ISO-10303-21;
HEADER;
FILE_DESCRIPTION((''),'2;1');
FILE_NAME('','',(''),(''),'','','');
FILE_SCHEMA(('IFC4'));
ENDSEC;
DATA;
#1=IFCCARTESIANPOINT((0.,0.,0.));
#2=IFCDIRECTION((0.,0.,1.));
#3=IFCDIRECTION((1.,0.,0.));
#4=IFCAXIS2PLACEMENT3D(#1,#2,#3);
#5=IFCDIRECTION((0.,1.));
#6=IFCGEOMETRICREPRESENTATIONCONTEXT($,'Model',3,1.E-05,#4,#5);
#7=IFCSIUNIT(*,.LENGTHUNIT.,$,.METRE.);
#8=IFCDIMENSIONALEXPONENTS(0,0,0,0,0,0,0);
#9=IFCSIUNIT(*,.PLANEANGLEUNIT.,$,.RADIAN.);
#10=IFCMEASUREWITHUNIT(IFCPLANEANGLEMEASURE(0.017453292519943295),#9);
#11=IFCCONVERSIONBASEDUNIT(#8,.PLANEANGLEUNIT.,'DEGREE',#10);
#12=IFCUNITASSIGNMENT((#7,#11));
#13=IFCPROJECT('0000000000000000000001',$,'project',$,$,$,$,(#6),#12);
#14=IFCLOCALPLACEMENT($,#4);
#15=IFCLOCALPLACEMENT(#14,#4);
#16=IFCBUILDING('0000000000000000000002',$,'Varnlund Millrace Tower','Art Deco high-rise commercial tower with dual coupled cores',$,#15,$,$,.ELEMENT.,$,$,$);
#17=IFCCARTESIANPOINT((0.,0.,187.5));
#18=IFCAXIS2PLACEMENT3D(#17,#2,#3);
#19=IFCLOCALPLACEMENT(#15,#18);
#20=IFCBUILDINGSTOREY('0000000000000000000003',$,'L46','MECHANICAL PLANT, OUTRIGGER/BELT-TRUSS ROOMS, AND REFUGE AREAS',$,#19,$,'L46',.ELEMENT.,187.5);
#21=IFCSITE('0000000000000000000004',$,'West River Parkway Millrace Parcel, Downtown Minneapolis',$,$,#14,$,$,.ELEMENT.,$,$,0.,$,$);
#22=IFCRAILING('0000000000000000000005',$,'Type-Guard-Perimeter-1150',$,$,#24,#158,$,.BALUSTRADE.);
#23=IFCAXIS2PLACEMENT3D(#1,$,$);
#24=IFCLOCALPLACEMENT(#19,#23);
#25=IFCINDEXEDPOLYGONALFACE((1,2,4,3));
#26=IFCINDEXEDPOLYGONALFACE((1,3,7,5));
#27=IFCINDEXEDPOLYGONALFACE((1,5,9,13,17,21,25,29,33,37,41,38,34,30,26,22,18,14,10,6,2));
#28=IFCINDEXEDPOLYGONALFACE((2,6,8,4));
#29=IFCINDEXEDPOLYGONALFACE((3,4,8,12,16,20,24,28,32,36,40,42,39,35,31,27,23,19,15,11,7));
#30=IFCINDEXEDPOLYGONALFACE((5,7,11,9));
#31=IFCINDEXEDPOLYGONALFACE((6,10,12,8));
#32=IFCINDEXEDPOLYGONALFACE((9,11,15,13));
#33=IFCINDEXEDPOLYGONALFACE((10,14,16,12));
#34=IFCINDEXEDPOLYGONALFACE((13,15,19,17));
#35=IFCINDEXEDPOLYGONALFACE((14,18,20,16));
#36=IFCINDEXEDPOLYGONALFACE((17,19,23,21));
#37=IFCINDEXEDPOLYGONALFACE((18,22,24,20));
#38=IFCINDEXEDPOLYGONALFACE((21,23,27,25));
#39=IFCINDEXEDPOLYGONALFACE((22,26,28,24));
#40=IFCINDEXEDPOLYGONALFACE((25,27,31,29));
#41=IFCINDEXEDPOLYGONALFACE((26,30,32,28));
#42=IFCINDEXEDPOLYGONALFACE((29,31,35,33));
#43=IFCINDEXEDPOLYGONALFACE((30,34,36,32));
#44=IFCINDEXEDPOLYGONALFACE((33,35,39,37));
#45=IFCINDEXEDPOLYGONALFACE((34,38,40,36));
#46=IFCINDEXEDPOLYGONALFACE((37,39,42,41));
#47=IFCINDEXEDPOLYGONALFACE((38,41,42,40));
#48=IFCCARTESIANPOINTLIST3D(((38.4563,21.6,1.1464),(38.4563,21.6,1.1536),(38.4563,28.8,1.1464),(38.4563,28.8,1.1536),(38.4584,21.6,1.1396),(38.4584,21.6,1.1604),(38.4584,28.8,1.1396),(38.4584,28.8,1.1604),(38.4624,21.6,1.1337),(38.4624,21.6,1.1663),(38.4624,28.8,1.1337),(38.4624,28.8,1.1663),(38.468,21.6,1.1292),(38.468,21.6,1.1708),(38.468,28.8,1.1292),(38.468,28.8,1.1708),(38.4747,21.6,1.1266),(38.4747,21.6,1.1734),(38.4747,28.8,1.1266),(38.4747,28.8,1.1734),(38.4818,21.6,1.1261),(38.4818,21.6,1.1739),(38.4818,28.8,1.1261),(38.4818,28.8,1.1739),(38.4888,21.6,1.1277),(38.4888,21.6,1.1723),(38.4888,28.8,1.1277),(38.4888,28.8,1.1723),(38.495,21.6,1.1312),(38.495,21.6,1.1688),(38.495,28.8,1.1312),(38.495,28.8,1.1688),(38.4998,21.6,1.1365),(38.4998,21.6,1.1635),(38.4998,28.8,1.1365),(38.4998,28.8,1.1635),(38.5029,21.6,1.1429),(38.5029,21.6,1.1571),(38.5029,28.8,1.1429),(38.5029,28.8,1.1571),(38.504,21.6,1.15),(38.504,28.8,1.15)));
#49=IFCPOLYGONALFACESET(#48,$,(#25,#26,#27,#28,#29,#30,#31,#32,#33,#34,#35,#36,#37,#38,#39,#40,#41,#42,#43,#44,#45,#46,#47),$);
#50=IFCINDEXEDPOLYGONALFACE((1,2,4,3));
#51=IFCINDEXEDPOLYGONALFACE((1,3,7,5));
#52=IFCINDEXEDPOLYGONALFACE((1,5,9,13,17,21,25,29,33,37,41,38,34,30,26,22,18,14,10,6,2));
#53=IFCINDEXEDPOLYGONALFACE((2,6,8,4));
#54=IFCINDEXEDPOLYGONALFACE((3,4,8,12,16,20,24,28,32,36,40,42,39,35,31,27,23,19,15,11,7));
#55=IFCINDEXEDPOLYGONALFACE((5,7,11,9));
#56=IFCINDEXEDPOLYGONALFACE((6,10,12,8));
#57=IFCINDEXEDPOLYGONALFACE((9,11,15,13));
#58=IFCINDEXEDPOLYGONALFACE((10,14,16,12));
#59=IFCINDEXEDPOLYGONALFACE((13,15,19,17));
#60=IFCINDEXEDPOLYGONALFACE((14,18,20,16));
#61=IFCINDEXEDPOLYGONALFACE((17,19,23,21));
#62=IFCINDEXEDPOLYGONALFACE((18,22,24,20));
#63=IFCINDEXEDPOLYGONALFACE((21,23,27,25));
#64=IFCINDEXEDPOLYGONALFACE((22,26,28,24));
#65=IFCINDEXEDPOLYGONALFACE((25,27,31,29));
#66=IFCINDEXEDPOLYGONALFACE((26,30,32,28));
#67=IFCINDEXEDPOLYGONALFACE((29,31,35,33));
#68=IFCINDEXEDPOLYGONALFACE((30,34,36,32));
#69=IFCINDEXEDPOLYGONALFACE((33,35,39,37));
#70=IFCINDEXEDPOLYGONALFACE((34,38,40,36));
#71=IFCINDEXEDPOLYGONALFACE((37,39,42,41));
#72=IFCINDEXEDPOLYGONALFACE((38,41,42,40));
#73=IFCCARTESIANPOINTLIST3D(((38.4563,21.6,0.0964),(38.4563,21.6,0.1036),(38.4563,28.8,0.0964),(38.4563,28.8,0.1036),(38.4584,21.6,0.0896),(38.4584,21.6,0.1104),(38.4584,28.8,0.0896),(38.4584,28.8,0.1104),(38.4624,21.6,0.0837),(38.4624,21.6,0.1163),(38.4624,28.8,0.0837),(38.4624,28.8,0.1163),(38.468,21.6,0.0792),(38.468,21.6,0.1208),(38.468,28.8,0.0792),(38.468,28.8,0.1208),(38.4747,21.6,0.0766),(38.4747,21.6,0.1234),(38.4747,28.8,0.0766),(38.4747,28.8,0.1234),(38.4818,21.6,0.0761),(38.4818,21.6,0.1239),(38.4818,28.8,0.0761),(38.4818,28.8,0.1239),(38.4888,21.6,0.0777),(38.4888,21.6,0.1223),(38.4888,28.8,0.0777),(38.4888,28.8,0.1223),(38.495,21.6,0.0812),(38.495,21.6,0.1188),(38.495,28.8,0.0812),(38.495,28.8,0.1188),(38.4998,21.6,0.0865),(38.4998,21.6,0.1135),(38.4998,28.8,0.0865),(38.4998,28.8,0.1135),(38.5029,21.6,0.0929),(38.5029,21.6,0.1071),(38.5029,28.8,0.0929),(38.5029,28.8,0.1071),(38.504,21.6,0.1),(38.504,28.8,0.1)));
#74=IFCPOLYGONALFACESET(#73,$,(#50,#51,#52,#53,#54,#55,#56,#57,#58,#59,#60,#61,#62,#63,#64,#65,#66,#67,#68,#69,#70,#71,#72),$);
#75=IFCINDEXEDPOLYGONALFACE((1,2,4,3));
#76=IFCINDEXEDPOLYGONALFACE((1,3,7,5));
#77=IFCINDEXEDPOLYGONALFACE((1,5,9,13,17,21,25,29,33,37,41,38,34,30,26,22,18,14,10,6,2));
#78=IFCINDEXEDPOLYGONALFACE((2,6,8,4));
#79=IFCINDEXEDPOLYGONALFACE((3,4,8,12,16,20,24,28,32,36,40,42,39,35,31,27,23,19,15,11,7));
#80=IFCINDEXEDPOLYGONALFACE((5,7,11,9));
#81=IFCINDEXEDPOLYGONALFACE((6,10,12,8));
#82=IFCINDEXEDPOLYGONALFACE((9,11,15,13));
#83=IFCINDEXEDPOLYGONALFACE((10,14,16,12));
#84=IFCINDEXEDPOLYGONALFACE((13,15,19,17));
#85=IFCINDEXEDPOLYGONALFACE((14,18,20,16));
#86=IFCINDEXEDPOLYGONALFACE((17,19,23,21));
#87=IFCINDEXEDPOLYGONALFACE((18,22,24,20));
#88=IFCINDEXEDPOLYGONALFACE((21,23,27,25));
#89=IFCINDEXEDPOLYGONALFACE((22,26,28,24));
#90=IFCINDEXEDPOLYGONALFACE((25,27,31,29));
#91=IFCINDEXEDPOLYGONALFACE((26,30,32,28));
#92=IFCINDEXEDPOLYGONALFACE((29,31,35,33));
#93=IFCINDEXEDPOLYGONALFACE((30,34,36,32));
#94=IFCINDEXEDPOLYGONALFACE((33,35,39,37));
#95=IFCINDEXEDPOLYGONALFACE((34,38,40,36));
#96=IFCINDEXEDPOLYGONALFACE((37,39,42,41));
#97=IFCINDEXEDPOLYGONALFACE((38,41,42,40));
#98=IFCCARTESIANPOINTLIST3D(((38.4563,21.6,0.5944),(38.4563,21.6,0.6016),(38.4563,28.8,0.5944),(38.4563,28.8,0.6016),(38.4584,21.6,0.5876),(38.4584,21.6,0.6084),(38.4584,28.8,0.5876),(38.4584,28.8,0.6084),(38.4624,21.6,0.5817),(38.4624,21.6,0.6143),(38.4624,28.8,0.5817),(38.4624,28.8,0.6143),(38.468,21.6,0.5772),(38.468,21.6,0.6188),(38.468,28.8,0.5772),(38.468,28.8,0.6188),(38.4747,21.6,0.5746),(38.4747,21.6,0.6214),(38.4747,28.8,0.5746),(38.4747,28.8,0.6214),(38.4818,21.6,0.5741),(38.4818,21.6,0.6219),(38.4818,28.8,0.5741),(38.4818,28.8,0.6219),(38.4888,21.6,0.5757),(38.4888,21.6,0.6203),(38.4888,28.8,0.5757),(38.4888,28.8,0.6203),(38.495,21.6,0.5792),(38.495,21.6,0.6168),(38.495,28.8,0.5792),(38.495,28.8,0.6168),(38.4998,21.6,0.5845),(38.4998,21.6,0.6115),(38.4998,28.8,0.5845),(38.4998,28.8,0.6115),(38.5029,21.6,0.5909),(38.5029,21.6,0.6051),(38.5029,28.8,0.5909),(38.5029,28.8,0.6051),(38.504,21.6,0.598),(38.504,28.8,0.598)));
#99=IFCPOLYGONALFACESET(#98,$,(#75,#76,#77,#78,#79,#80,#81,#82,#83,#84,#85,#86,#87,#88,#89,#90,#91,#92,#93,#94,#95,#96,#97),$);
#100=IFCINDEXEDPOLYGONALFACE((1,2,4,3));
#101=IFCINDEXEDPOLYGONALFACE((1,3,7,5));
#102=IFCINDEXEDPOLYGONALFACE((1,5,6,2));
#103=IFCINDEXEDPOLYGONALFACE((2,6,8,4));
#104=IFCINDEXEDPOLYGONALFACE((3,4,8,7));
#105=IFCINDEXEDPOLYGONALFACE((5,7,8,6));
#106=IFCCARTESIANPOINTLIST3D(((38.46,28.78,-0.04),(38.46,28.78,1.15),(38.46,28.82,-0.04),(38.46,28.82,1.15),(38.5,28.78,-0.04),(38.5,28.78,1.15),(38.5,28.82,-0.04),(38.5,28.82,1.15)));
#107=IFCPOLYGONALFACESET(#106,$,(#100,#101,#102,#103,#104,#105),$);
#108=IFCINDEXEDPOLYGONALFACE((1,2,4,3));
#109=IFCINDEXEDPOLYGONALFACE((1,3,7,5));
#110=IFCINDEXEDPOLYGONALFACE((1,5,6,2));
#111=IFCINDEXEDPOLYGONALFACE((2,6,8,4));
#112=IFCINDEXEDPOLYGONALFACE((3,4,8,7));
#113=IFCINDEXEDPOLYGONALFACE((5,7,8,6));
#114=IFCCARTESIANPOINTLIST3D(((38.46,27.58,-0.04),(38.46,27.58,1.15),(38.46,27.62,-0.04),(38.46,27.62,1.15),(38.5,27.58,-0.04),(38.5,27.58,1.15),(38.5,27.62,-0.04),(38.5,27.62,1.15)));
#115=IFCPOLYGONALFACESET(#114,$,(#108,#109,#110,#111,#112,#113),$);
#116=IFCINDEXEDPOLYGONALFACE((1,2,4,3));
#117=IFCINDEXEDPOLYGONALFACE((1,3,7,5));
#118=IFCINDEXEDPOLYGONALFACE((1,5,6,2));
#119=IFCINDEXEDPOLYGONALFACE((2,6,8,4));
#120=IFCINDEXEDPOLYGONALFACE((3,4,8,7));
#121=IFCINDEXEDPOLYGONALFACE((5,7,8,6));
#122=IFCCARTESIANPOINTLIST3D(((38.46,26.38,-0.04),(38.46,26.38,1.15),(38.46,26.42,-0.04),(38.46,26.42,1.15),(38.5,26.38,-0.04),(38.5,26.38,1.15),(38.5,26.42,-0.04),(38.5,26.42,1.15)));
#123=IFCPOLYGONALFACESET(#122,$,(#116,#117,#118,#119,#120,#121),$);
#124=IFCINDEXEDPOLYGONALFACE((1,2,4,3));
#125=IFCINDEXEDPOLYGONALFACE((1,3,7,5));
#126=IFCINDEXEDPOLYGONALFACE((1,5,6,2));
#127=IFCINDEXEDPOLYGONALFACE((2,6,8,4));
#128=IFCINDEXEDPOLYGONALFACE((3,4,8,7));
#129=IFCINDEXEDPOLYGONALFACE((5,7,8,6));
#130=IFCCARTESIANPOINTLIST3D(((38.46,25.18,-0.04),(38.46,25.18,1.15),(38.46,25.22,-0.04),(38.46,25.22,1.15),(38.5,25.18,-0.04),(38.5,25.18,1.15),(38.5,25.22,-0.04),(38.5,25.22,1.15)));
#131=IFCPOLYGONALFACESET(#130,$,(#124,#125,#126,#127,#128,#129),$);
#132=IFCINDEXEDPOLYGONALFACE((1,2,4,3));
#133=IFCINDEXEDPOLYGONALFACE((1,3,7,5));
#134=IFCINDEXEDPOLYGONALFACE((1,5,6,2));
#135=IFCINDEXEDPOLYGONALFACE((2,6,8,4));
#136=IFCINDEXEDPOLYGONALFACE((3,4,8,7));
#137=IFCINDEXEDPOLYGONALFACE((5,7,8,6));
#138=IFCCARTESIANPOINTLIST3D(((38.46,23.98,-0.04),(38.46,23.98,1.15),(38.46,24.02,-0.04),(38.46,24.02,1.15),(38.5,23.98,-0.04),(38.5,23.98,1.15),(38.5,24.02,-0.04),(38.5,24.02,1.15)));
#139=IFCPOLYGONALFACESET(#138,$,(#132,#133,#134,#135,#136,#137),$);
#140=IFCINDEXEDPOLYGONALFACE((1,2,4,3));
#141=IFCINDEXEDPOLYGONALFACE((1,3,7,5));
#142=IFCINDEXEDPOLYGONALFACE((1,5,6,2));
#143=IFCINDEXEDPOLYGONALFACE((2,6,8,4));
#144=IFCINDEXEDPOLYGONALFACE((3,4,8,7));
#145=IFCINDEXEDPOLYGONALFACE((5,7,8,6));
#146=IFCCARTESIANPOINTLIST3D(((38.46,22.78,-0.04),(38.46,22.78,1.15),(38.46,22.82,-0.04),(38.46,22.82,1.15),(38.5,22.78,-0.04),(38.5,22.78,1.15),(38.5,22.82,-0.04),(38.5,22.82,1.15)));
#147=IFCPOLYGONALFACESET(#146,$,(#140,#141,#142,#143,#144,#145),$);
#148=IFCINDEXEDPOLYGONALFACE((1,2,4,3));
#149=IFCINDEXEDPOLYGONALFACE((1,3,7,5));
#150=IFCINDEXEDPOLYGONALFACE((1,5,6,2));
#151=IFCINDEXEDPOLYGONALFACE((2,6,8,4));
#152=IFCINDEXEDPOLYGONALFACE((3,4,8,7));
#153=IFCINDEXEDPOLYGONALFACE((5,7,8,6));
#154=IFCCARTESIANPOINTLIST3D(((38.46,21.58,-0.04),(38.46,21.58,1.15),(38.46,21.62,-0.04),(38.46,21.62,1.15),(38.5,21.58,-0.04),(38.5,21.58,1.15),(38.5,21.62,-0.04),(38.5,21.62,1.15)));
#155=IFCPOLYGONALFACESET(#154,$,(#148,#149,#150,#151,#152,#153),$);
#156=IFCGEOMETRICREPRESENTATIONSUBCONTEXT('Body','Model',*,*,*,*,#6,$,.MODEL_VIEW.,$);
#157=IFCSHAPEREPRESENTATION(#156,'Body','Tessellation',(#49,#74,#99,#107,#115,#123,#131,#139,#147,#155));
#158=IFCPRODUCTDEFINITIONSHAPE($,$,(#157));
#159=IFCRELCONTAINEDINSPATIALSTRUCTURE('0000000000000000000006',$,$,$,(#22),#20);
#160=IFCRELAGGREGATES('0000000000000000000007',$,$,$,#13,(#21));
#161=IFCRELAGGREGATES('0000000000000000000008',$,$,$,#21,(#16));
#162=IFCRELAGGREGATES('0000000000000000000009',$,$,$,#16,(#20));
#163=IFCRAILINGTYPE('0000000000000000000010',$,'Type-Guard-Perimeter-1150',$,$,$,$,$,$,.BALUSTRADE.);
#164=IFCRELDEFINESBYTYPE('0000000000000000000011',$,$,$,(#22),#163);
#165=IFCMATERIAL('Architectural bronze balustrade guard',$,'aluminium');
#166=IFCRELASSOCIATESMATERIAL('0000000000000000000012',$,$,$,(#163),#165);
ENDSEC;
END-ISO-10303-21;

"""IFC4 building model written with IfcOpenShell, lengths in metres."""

from ifc_helpers import new_model, entity, si_unit, converted_unit, direction, frame, origin_with_axes, origin_2d_with_axis, place, context, subcontext, project, spatial, rectangle, circle, extrude, material, type_object, element, save


model = new_model("IFC4")

# Units and contexts
model_context = context("Model", 3, precision=1e-05, world=origin_with_axes(), true_north=direction((0.0, 1.0)))
body_context = subcontext(model_context, "Body", "Model", "MODEL_VIEW")
ifc_project = project(units=[si_unit("LENGTHUNIT", "METRE"), converted_unit("PLANEANGLEUNIT", "DEGREE", entity("IfcPlaneAngleMeasure", 0.017453292519943295), si_unit("PLANEANGLEUNIT", "RADIAN"), dimensions=[0, 0, 0, 0, 0, 0, 0])], contexts=[model_context])

# Site, building, storey
site_placement = place(None, origin_with_axes())
site = spatial("IfcSite", under=ifc_project, at=site_placement, Name="West River Parkway Millrace Parcel, Downtown Minneapolis", CompositionType="ELEMENT", RefElevation=0.0)
building_placement = place(site_placement, origin_with_axes())
building = spatial("IfcBuilding", under=site, at=building_placement, Name="Varnlund Millrace Tower", Description="Art Deco high-rise commercial tower with dual coupled cores", CompositionType="ELEMENT")
storey_placement = place(building_placement, frame((0.0, 0.0, 187.5), z_axis=(0.0, 0.0, 1.0), x_axis=(1.0, 0.0, 0.0)))
storey = spatial("IfcBuildingStorey", under=building, at=storey_placement, Name="L46", Description="MECHANICAL PLANT, OUTRIGGER/BELT-TRUSS ROOMS, AND REFUGE AREAS", LongName="L46", CompositionType="ELEMENT", Elevation=187.5)

# Railing
ifc_material_1 = material(Name="Architectural bronze balustrade guard", Category="aluminium")
railing_type = type_object("IfcRailingType", Name="Type-Guard-Perimeter-1150", PredefinedType="BALUSTRADE", material=ifc_material_1)
railing_1_placement = place(storey_placement, frame((0.0, 0.0, -187.5), z_axis=(0.0, 0.0, 1.0), x_axis=(1.0, 0.0, 0.0)))
element("IfcRailing", 1, at=railing_1_placement, inside=storey, type_object=railing_type, Name="Type-Guard-Perimeter-1150", PredefinedType="BALUSTRADE", context=body_context, shape_type="SweptSolid", body=[
    extrude(circle(Radius=0.024, at=origin_2d_with_axis()), frame((38.48, 28.8, 188.65), z_axis=(0.0, -1.0, 0.0), x_axis=(1.0, 0.0, 0.0)), (0.0, 0.0, 1.0), 7.2),
    extrude(circle(Radius=0.024, at=origin_2d_with_axis()), frame((38.48, 28.8, 187.6), z_axis=(0.0, -1.0, 0.0), x_axis=(1.0, 0.0, 0.0)), (0.0, 0.0, 1.0), 7.2),
    extrude(circle(Radius=0.024, at=origin_2d_with_axis()), frame((38.48, 28.8, 188.098), z_axis=(0.0, -1.0, 0.0), x_axis=(1.0, 0.0, 0.0)), (0.0, 0.0, 1.0), 7.2),
    extrude(rectangle(XDim=0.04, YDim=0.04, at=origin_2d_with_axis()), frame((38.48, 28.8, 187.46), z_axis=(0.0, 0.0, 1.0), x_axis=(1.0, 0.0, 0.0)), (0.0, 0.0, 1.0), 1.19),
    extrude(rectangle(XDim=0.04, YDim=0.04, at=origin_2d_with_axis()), frame((38.48, 27.6, 187.46), z_axis=(0.0, 0.0, 1.0), x_axis=(1.0, 0.0, 0.0)), (0.0, 0.0, 1.0), 1.19),
    extrude(rectangle(XDim=0.04, YDim=0.04, at=origin_2d_with_axis()), frame((38.48, 26.4, 187.46), z_axis=(0.0, 0.0, 1.0), x_axis=(1.0, 0.0, 0.0)), (0.0, 0.0, 1.0), 1.19),
    extrude(rectangle(XDim=0.04, YDim=0.04, at=origin_2d_with_axis()), frame((38.48, 25.2, 187.46), z_axis=(0.0, 0.0, 1.0), x_axis=(1.0, 0.0, 0.0)), (0.0, 0.0, 1.0), 1.19),
    extrude(rectangle(XDim=0.04, YDim=0.04, at=origin_2d_with_axis()), frame((38.48, 24.0, 187.46), z_axis=(0.0, 0.0, 1.0), x_axis=(1.0, 0.0, 0.0)), (0.0, 0.0, 1.0), 1.19),
    extrude(rectangle(XDim=0.04, YDim=0.04, at=origin_2d_with_axis()), frame((38.48, 22.8, 187.46), z_axis=(0.0, 0.0, 1.0), x_axis=(1.0, 0.0, 0.0)), (0.0, 0.0, 1.0), 1.19),
    extrude(rectangle(XDim=0.04, YDim=0.04, at=origin_2d_with_axis()), frame((38.48, 21.6, 187.46), z_axis=(0.0, 0.0, 1.0), x_axis=(1.0, 0.0, 0.0)), (0.0, 0.0, 1.0), 1.19),
])

save(model, "model.ifc")
